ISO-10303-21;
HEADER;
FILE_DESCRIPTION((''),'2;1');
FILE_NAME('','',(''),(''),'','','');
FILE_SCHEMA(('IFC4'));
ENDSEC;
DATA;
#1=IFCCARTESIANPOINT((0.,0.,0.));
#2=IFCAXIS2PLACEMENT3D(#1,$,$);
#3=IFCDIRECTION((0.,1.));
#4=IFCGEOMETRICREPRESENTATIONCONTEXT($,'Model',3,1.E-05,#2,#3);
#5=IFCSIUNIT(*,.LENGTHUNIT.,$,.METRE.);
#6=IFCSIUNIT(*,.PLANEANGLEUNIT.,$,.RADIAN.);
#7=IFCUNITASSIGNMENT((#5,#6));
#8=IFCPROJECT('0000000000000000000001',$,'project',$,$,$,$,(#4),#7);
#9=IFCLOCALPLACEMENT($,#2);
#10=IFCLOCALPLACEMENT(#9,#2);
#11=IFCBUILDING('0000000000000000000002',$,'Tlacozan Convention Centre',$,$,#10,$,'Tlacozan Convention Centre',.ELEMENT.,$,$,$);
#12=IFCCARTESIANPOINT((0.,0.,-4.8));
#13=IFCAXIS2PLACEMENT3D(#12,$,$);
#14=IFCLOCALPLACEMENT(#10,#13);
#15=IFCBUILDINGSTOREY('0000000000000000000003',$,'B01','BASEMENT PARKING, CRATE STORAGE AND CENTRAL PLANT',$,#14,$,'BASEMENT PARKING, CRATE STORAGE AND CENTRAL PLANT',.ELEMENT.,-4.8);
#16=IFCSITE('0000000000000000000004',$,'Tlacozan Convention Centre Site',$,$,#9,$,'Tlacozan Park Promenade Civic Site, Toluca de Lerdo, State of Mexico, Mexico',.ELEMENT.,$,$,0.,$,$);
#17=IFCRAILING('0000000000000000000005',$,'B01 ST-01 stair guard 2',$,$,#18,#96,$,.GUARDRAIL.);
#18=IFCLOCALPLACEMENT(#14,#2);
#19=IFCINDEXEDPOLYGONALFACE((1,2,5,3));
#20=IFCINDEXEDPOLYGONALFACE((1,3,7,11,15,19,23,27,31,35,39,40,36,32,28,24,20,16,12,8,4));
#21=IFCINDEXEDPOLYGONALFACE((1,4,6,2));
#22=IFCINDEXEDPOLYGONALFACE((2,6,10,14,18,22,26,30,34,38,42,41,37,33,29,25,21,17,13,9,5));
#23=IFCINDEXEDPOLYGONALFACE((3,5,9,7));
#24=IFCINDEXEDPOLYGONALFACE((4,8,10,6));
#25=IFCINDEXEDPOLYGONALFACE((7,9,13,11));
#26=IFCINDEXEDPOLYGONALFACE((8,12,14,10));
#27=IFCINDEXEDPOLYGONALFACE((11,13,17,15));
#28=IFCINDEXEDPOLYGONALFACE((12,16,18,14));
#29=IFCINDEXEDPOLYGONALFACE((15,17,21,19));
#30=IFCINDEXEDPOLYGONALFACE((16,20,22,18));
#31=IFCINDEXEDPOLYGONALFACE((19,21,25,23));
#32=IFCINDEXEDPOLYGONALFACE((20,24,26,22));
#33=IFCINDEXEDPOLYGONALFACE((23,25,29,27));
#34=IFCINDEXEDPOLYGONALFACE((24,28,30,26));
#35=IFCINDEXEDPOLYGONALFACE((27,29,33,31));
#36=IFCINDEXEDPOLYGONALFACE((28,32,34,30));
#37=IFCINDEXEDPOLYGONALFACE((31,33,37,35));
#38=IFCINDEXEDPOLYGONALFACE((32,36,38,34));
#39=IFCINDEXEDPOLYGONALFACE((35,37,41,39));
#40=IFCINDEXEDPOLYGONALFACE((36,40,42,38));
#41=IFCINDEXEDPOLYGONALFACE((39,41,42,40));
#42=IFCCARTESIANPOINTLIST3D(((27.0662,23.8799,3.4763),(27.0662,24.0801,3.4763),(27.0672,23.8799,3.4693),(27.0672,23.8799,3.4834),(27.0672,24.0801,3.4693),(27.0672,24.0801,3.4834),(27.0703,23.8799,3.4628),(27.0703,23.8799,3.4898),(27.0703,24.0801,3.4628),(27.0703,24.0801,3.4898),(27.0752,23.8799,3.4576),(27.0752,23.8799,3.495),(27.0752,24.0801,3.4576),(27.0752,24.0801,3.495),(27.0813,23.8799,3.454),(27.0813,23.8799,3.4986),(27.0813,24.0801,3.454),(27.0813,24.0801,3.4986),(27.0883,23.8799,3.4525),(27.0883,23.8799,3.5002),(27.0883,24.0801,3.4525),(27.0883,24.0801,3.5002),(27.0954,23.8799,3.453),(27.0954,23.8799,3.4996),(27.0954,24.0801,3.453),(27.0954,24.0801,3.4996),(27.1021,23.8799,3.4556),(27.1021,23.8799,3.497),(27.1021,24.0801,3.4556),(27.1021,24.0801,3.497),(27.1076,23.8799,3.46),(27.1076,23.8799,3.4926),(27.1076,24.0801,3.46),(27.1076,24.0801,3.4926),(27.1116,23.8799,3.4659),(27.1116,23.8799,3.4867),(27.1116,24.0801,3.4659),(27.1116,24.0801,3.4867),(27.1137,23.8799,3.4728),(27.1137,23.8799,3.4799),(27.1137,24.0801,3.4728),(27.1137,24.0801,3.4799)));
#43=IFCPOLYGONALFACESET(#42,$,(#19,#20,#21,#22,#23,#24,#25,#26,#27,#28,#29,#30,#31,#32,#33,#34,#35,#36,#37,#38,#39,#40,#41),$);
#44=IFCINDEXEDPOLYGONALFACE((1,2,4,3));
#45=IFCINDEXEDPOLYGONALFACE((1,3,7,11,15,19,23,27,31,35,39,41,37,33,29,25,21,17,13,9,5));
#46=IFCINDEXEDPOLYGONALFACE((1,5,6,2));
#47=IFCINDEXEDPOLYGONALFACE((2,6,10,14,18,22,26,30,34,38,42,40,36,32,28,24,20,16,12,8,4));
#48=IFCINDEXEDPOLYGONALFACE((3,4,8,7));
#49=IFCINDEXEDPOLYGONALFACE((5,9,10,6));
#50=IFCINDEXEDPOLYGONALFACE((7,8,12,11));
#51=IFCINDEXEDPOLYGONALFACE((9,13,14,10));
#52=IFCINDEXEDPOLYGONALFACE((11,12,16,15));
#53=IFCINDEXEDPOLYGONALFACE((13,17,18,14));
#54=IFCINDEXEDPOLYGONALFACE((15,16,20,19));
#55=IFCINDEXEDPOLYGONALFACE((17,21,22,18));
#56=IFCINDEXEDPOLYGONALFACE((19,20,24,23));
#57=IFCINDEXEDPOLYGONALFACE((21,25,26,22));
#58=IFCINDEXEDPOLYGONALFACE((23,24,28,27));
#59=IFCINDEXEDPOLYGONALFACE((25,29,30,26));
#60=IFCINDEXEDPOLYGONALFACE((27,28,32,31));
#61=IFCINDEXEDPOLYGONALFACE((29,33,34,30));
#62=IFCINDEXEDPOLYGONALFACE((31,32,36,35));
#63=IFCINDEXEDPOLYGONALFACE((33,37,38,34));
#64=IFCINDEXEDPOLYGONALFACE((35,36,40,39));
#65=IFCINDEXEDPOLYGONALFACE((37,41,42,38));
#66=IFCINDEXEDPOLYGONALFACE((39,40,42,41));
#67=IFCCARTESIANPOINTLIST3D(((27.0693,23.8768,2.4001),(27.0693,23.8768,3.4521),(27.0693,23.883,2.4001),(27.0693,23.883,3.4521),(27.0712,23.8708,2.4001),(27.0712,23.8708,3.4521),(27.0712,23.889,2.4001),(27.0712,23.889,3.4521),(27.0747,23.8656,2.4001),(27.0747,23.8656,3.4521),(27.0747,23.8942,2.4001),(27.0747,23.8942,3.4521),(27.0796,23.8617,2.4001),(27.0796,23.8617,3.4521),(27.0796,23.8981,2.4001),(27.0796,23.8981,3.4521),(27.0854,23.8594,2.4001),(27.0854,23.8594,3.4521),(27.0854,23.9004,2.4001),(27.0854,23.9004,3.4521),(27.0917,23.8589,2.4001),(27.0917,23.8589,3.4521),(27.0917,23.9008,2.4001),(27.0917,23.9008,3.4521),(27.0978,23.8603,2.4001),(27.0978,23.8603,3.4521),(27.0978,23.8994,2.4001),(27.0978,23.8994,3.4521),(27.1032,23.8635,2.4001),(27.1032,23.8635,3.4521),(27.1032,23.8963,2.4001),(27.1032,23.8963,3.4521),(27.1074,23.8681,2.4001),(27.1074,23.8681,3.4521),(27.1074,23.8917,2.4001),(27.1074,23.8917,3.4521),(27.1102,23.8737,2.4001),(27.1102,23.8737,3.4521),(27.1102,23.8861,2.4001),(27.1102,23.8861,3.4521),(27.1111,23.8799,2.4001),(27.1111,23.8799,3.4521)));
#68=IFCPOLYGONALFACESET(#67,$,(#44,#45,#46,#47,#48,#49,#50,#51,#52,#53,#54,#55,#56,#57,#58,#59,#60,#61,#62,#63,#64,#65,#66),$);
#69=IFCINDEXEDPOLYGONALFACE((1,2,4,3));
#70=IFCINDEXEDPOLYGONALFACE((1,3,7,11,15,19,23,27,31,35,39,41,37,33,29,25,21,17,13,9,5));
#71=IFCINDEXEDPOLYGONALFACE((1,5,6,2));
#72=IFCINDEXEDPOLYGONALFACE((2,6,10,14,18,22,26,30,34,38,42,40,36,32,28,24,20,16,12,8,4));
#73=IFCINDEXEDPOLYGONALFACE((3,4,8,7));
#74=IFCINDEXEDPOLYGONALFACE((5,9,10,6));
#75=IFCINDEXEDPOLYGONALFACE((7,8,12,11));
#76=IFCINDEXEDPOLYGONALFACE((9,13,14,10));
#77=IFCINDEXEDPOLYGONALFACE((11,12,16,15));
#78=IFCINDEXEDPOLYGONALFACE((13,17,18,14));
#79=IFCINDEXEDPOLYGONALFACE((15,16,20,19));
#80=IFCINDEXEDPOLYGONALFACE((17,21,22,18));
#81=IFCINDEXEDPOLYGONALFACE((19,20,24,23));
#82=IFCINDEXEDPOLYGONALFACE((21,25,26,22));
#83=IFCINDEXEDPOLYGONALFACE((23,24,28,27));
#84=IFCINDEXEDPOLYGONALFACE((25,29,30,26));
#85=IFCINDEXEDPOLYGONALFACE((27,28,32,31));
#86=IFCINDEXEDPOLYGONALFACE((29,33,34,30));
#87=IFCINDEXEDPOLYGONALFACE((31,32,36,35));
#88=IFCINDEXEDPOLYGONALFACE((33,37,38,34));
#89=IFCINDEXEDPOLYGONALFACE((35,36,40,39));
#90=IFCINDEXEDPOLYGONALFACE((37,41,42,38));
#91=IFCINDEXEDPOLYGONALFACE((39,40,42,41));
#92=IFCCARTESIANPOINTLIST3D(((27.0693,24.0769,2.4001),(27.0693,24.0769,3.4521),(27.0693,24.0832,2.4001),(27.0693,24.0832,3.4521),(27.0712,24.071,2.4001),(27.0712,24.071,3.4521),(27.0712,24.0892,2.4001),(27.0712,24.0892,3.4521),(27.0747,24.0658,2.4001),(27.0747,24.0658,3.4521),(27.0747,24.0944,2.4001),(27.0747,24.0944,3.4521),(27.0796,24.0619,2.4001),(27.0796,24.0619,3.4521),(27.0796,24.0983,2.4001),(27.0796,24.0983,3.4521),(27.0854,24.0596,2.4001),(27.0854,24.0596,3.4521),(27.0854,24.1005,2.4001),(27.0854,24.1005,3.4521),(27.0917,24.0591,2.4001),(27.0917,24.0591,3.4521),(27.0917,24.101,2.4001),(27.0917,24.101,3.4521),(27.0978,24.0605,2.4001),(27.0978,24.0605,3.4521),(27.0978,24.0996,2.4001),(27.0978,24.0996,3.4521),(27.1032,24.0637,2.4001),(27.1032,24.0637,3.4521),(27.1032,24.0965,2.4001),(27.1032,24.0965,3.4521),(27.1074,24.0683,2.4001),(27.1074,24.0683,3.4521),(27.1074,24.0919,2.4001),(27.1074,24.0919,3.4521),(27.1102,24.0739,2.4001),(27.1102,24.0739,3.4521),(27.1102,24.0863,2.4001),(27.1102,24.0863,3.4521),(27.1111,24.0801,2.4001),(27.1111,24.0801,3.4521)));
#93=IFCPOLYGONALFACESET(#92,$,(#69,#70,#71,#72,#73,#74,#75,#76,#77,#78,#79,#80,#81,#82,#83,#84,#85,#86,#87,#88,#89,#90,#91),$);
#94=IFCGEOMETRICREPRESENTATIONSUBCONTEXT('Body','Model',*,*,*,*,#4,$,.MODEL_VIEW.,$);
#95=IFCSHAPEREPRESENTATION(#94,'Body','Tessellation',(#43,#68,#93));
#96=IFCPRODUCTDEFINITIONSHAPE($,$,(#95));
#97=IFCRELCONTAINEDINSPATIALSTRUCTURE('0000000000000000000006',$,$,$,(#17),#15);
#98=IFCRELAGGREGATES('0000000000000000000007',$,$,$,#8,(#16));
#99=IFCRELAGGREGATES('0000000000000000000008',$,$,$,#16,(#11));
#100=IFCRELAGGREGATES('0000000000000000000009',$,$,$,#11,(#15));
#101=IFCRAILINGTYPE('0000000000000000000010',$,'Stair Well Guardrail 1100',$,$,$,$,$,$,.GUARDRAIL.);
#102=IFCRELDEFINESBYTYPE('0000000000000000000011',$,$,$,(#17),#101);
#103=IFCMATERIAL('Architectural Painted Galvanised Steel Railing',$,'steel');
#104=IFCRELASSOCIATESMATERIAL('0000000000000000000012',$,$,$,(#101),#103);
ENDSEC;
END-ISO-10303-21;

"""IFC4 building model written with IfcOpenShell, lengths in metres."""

from ifc_helpers import new_model, si_unit, direction, frame, origin, origin_2d, place, context, subcontext, project, spatial, circle, extrude, material, type_object, element, save


model = new_model("IFC4")

# Units and contexts
model_context = context("Model", 3, precision=1e-05, world=origin(), true_north=direction((0.0, 1.0)))
body_context = subcontext(model_context, "Body", "Model", "MODEL_VIEW")
ifc_project = project(units=[si_unit("LENGTHUNIT", "METRE"), si_unit("PLANEANGLEUNIT", "RADIAN")], contexts=[model_context])

# Site, building, storey
site_placement = place(None, origin())
site = spatial("IfcSite", under=ifc_project, at=site_placement, Name="Tlacozan Convention Centre Site", LongName="Tlacozan Park Promenade Civic Site, Toluca de Lerdo, State of Mexico, Mexico", CompositionType="ELEMENT", RefElevation=0.0)
building_placement = place(site_placement, origin())
building = spatial("IfcBuilding", under=site, at=building_placement, Name="Tlacozan Convention Centre", LongName="Tlacozan Convention Centre", CompositionType="ELEMENT")
storey_placement = place(building_placement, frame((0.0, 0.0, -4.8)))
storey = spatial("IfcBuildingStorey", under=building, at=storey_placement, Name="B01", Description="BASEMENT PARKING, CRATE STORAGE AND CENTRAL PLANT", LongName="BASEMENT PARKING, CRATE STORAGE AND CENTRAL PLANT", CompositionType="ELEMENT", Elevation=-4.8)

# Railing
ifc_material_1 = material(Name="Architectural Painted Galvanised Steel Railing", Category="steel")
railing_type_1 = type_object("IfcRailingType", Name="Stair Well Guardrail 1100", PredefinedType="GUARDRAIL", material=ifc_material_1)
railing_1_placement = place(storey_placement, frame((27.0901, 23.8799, 2.4001)))
element("IfcRailing", 1, at=railing_1_placement, inside=storey, type_object=railing_type_1, Name="B01 ST-01 stair guard 2", PredefinedType="GUARDRAIL", context=body_context, shape_type="SweptSolid", body=[
    extrude(circle(Radius=0.0239, at=origin_2d()), frame((0.0, 0.0, 1.0762), z_axis=(0.0, 1.0, 0.0), x_axis=(-1.0, 0.0, 0.0)), (0.0, 0.0, 1.0), 0.2002),
    extrude(circle(Radius=0.021, at=origin_2d()), origin(), (0.0, 0.0, 1.0), 1.052),
    extrude(circle(Radius=0.021, at=origin_2d()), frame((0.0, 0.2002, 0.0)), (0.0, 0.0, 1.0), 1.052),
])

save(model, "model.ifc")
